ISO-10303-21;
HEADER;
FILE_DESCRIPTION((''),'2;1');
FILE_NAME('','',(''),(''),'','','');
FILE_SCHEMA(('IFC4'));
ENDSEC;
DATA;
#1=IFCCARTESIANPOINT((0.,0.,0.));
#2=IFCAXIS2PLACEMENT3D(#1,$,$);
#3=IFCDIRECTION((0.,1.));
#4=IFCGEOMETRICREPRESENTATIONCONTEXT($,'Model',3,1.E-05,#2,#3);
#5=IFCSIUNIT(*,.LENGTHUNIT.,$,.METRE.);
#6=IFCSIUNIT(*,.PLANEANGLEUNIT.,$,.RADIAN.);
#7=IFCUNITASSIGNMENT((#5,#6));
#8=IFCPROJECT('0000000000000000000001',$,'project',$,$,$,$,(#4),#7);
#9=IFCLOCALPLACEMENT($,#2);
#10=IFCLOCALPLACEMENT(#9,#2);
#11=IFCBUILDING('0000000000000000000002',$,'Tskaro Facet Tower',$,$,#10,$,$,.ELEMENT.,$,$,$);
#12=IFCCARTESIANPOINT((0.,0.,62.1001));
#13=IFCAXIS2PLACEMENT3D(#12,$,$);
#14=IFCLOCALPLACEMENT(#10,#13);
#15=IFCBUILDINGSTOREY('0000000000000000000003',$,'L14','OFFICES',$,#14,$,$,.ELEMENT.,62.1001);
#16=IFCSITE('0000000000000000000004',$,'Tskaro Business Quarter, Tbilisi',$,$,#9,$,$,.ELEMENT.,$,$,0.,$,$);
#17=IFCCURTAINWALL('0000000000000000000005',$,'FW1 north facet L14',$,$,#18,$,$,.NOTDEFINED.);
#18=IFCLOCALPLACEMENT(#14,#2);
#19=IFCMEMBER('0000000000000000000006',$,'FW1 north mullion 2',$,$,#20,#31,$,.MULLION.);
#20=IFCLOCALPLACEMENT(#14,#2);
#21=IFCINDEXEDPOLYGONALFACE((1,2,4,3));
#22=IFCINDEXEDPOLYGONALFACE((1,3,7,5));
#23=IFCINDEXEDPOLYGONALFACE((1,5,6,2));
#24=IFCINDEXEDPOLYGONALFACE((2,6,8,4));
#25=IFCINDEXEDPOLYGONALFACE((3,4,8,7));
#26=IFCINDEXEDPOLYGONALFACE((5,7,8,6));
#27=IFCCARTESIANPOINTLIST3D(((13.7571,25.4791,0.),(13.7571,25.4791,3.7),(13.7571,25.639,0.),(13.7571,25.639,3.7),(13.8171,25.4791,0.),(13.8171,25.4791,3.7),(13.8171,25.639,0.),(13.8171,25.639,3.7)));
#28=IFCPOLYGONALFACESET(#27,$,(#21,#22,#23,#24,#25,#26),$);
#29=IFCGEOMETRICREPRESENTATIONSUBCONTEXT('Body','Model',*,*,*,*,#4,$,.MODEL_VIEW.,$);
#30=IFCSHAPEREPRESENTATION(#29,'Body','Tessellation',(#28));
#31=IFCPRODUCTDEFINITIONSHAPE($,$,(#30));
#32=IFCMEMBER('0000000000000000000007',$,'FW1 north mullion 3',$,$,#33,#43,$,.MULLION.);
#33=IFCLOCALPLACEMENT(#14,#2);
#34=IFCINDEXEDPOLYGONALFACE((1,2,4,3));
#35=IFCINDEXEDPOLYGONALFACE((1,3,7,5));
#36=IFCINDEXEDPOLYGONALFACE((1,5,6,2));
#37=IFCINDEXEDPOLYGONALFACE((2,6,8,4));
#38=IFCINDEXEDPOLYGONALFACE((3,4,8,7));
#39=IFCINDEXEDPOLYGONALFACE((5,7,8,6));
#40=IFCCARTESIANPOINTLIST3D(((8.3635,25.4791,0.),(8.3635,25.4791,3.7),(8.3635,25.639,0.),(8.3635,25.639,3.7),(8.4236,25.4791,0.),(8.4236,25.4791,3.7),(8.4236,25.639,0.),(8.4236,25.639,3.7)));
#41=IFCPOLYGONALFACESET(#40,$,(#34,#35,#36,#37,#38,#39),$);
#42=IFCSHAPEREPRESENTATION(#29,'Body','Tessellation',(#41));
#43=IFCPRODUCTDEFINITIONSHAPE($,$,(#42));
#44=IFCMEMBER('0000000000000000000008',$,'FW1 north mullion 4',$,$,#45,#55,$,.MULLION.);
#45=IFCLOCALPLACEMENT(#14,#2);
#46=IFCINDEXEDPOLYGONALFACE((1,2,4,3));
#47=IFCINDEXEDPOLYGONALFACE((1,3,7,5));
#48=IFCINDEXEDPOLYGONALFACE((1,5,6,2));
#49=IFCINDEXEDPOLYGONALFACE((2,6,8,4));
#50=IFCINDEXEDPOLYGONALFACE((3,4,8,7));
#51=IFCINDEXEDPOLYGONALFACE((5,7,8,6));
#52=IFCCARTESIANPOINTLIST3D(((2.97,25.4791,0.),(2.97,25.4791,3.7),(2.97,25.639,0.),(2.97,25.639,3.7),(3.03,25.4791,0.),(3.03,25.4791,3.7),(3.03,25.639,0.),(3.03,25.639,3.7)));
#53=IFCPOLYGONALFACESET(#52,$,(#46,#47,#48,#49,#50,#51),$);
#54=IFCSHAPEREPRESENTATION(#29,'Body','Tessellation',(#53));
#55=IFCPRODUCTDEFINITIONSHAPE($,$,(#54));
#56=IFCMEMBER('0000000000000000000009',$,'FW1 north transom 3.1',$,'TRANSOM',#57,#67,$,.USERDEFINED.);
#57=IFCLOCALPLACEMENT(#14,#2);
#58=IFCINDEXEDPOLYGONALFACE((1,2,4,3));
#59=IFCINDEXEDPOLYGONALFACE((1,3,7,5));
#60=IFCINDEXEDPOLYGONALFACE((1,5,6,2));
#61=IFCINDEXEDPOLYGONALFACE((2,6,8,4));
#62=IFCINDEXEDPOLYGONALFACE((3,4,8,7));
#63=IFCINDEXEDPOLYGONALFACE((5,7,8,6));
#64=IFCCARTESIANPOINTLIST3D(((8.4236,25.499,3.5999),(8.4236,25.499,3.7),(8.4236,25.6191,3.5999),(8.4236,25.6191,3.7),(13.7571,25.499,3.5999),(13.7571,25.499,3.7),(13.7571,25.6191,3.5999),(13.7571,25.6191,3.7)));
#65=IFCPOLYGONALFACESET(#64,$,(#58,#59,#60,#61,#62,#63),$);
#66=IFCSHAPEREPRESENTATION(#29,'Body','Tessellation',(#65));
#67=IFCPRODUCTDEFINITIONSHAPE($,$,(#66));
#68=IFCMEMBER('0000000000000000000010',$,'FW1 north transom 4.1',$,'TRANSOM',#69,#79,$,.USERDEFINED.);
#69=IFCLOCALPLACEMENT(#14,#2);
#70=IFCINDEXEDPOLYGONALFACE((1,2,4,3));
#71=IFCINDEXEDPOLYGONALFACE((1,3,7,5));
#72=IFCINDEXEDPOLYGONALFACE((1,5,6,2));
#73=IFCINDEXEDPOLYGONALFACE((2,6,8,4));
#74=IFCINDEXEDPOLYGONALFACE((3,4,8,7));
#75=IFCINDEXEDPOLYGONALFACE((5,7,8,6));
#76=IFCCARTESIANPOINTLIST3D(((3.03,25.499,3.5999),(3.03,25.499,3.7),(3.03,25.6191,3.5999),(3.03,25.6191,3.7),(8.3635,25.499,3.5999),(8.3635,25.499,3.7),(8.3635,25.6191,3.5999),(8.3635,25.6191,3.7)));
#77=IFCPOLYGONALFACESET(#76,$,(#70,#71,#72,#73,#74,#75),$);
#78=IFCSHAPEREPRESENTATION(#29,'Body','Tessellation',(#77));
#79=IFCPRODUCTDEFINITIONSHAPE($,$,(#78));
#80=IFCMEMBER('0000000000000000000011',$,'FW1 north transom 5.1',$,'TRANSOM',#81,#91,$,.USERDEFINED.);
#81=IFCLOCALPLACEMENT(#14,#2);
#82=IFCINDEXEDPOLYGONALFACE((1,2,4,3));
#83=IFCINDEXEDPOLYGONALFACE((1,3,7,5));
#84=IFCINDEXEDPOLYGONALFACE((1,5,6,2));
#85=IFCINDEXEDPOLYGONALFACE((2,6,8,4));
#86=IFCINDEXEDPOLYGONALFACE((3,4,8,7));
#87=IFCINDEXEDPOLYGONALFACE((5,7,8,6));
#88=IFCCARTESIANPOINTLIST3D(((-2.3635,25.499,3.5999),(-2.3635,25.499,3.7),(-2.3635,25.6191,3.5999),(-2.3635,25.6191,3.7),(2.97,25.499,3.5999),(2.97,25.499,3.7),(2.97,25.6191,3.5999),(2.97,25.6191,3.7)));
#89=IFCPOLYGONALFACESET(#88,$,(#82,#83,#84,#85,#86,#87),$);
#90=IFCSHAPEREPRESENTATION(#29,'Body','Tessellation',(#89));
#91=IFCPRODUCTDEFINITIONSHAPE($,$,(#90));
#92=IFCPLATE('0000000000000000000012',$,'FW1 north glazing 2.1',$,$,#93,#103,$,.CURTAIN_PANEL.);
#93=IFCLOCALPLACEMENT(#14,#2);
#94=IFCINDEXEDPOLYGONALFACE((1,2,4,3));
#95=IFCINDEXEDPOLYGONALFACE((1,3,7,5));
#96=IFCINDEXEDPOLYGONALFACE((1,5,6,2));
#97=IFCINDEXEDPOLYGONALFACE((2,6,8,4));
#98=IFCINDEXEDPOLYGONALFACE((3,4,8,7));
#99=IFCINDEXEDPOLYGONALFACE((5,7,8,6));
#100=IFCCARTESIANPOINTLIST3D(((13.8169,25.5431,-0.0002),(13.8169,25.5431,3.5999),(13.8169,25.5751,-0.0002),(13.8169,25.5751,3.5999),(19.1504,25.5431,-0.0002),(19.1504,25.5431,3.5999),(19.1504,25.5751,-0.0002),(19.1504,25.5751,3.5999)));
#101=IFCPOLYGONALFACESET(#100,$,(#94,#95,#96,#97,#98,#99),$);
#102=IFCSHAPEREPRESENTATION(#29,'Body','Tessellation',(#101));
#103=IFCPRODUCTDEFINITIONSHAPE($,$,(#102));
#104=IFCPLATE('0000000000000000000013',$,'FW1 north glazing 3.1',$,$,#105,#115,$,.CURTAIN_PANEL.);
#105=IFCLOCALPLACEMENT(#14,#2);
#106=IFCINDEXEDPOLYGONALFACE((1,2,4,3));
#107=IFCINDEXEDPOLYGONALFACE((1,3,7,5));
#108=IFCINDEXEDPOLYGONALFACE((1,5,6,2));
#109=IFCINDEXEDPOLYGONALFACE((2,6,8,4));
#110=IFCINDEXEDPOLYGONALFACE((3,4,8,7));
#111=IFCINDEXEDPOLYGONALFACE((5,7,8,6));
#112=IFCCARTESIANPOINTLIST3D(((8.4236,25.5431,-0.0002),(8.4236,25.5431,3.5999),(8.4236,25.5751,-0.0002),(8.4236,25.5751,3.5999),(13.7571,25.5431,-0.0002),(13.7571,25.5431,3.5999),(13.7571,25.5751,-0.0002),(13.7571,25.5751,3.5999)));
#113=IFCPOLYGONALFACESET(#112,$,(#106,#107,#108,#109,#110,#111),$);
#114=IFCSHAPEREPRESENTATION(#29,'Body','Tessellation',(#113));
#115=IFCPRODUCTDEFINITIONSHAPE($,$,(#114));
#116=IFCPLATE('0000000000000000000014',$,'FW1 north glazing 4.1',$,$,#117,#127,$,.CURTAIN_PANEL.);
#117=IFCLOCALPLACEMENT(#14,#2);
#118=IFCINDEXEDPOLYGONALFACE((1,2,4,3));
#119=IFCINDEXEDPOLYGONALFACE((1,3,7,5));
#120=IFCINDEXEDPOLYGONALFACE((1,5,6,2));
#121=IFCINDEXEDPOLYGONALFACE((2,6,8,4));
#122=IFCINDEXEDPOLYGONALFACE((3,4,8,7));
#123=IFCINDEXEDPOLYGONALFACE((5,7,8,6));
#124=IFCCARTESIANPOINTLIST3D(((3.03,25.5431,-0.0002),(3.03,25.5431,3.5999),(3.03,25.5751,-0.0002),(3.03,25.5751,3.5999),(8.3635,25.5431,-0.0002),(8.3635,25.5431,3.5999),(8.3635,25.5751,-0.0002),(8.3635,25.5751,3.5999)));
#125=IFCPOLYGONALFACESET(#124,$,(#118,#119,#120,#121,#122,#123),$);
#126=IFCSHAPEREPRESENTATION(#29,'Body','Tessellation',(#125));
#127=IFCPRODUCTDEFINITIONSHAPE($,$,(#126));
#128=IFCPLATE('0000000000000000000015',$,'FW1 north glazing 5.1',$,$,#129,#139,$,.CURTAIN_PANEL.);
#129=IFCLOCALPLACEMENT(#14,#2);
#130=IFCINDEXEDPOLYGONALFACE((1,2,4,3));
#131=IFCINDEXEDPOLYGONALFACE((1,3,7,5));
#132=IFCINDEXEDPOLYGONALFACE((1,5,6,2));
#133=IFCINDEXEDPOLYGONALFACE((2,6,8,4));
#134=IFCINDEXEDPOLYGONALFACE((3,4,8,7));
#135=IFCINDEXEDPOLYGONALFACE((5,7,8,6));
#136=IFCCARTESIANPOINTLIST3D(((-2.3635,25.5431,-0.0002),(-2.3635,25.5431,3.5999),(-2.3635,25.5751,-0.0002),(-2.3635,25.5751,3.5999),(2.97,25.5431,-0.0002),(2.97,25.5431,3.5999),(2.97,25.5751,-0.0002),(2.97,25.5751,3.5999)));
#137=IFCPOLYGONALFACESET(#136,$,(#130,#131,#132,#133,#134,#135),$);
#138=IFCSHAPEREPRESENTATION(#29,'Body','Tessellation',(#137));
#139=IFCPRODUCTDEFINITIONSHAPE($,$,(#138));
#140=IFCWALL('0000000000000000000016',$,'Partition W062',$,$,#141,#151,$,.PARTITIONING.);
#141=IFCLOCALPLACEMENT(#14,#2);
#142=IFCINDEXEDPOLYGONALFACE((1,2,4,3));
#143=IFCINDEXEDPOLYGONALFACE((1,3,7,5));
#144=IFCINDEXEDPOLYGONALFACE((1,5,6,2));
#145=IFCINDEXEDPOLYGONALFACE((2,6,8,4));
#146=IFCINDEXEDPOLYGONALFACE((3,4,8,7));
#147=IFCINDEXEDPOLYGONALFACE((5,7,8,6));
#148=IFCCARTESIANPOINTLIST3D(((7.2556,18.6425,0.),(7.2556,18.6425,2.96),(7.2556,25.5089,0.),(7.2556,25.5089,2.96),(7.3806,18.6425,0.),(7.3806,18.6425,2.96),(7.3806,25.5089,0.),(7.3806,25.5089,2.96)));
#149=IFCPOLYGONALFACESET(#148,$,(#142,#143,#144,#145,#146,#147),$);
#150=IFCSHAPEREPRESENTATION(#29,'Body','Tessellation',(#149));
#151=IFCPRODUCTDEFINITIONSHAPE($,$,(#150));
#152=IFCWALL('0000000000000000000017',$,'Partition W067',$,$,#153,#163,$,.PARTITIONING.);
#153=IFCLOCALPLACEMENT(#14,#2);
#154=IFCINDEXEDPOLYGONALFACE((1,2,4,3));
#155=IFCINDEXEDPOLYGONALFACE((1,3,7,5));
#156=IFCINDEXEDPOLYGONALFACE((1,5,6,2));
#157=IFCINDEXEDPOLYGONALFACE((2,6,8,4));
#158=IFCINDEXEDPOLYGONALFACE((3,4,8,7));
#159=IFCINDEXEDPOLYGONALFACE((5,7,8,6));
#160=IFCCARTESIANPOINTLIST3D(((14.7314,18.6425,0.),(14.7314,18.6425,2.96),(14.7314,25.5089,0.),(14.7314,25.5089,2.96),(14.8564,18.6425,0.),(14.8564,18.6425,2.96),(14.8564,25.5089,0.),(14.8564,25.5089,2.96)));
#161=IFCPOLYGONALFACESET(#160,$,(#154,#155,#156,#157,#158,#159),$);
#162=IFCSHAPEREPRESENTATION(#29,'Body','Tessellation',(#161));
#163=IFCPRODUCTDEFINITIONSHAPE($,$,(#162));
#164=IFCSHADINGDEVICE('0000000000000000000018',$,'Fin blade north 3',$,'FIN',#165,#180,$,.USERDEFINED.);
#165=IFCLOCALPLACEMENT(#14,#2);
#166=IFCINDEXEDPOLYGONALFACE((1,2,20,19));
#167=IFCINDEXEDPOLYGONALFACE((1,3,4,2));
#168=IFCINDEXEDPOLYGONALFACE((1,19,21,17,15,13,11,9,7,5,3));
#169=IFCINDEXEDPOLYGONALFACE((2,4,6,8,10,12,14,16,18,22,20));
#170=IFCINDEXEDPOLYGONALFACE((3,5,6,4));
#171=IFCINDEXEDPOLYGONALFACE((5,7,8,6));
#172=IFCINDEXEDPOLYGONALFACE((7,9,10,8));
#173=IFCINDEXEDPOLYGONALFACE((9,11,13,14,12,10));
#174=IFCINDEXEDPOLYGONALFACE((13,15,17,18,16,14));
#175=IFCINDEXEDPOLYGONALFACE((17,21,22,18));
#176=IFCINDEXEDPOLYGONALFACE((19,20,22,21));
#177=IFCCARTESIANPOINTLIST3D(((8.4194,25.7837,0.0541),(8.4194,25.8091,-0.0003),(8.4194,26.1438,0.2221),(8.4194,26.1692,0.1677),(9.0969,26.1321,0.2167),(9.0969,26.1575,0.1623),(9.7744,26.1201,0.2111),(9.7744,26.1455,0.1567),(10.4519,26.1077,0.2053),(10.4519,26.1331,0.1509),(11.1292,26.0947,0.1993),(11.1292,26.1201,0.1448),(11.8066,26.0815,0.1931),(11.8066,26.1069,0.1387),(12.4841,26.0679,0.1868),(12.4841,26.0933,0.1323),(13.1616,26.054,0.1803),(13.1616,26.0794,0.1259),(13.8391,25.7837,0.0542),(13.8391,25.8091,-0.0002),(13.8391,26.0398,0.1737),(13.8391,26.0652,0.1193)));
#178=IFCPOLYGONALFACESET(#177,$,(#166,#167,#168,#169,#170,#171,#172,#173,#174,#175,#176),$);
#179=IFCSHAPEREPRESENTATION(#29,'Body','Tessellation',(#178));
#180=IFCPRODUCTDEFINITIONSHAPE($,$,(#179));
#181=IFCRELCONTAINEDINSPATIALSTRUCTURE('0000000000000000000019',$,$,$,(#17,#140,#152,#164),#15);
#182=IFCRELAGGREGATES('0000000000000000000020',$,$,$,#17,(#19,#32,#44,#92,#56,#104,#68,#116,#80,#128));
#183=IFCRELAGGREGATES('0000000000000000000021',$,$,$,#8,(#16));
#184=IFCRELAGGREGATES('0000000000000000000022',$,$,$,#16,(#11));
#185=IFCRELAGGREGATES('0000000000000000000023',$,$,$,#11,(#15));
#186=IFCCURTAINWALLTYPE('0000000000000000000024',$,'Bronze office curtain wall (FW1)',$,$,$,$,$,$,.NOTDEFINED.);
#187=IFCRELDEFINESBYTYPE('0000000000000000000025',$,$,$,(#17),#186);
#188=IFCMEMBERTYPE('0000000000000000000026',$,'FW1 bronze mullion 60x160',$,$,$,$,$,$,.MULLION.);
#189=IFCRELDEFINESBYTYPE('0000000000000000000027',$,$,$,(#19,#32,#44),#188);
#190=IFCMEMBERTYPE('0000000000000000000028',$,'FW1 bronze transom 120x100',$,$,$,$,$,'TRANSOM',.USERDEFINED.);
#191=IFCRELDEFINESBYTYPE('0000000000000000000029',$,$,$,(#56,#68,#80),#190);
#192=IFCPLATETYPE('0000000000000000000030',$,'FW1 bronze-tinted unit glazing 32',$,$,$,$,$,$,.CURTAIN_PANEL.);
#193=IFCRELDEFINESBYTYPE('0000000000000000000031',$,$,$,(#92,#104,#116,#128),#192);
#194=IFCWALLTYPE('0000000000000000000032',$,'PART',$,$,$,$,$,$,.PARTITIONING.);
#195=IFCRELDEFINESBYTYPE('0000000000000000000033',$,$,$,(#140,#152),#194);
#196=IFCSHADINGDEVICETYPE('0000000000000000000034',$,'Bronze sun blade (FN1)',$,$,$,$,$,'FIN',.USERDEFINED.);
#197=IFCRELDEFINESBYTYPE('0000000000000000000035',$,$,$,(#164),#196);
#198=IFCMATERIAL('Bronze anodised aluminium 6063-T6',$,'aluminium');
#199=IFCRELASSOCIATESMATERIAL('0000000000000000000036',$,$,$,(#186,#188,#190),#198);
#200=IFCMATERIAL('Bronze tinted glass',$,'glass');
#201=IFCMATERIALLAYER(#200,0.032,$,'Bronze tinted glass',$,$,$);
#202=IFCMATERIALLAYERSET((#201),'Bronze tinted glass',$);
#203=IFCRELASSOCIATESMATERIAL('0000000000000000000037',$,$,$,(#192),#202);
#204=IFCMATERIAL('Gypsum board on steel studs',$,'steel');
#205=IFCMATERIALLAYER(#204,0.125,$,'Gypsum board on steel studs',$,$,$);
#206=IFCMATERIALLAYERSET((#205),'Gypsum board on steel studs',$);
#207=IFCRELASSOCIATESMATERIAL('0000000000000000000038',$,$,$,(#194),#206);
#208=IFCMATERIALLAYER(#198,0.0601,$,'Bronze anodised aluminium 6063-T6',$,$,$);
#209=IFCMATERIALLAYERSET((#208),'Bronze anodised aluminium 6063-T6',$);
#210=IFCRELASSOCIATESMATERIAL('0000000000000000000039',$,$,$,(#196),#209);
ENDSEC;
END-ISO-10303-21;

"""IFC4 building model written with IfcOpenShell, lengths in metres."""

from ifc_helpers import new_model, si_unit, direction, frame, frame_2d, origin, origin_2d, place, context, subcontext, project, spatial, polyline, rectangle, outline, extrude, material, layer, layer_set, material_profile, profile_set, type_object, element, aggregate, save


model = new_model("IFC4")

# Units and contexts
model_context = context("Model", 3, precision=1e-05, world=origin(), true_north=direction((0.0, 1.0)))
body_context = subcontext(model_context, "Body", "Model", "MODEL_VIEW")
ifc_project = project(units=[si_unit("LENGTHUNIT", "METRE"), si_unit("PLANEANGLEUNIT", "RADIAN")], contexts=[model_context])

# Site, building, storey
site_placement = place(None, origin())
site = spatial("IfcSite", under=ifc_project, at=site_placement, Name="Tskaro Business Quarter, Tbilisi", CompositionType="ELEMENT", RefElevation=0.0)
building_placement = place(site_placement, origin())
building = spatial("IfcBuilding", under=site, at=building_placement, Name="Tskaro Facet Tower", CompositionType="ELEMENT")
storey_placement = place(building_placement, frame((0.0, 0.0, 62.1001)))
storey = spatial("IfcBuildingStorey", under=building, at=storey_placement, Name="L14", Description="OFFICES", CompositionType="ELEMENT", Elevation=62.1001)

# Curtain wall, members, plates
ifc_material_1 = material(Name="Bronze anodised aluminium 6063-T6", Category="aluminium")
curtain_wall_type = type_object("IfcCurtainWallType", Name="Bronze office curtain wall (FW1)", PredefinedType="NOTDEFINED", material=ifc_material_1)
curtain_wall_placement = place(storey_placement, origin())
curtain_wall = element("IfcCurtainWall", 1, at=curtain_wall_placement, inside=storey, type_object=curtain_wall_type, Name="FW1 north facet L14", PredefinedType="NOTDEFINED")
ifc_material_profile_1 = material_profile(ifc_material_1, rectangle(XDim=0.0601, YDim=0.1599, at=origin_2d()), Name="Mullion 60x160")
ifc_profile_set_1 = profile_set([ifc_material_profile_1], Name="Bronze anodised aluminium 6063-T6")
member_type_1 = type_object("IfcMemberType", Name="FW1 bronze mullion 60x160", PredefinedType="MULLION", material=ifc_profile_set_1)
member_1_placement = place(storey_placement, frame((13.7871, 25.5591, 0.0), z_axis=(0.0, 0.0, 1.0), x_axis=(-1.0, 0.0, 0.0)))
member_1 = element("IfcMember", 2, at=member_1_placement, type_object=member_type_1, Name="FW1 north mullion 2", PredefinedType="MULLION", context=body_context, shape_type="SweptSolid", body=[
    extrude(rectangle(XDim=0.0601, YDim=0.1599, at=origin_2d()), origin(), (0.0, 0.0, 1.0), 3.7),
])
member_2_placement = place(storey_placement, frame((8.3936, 25.5591, 0.0), z_axis=(0.0, 0.0, 1.0), x_axis=(-1.0, 0.0, 0.0)))
member_2 = element("IfcMember", 3, at=member_2_placement, type_object=member_type_1, Name="FW1 north mullion 3", PredefinedType="MULLION", context=body_context, shape_type="SweptSolid", body=[
    extrude(rectangle(XDim=0.0601, YDim=0.1599, at=origin_2d()), origin(), (0.0, 0.0, 1.0), 3.7),
])
member_3_placement = place(storey_placement, frame((3.0, 25.5591, 0.0), z_axis=(0.0, 0.0, 1.0), x_axis=(-1.0, 0.0, 0.0)))
member_3 = element("IfcMember", 4, at=member_3_placement, type_object=member_type_1, Name="FW1 north mullion 4", PredefinedType="MULLION", context=body_context, shape_type="SweptSolid", body=[
    extrude(rectangle(XDim=0.0601, YDim=0.1599, at=origin_2d()), origin(), (0.0, 0.0, 1.0), 3.7),
])
ifc_material_profile_2 = material_profile(ifc_material_1, rectangle(XDim=0.1201, YDim=0.1001, at=origin_2d()), Name="Transom 120x100")
ifc_profile_set_2 = profile_set([ifc_material_profile_2], Name="Bronze anodised aluminium 6063-T6")
member_type_2 = type_object("IfcMemberType", Name="FW1 bronze transom 120x100", ElementType="TRANSOM", PredefinedType="USERDEFINED", material=ifc_profile_set_2)
member_4_placement = place(storey_placement, frame((13.7571, 25.5591, 3.6499), z_axis=(-1.0, 0.0, 0.0), x_axis=(0.0, -1.0, 0.0)))
member_4 = element("IfcMember", 5, at=member_4_placement, type_object=member_type_2, Name="FW1 north transom 3.1", ObjectType="TRANSOM", PredefinedType="USERDEFINED", context=body_context, shape_type="SweptSolid", body=[
    extrude(rectangle(XDim=0.1201, YDim=0.1001, at=origin_2d()), origin(), (0.0, 0.0, 1.0), 5.3335),
])
member_5_placement = place(storey_placement, frame((8.3635, 25.5591, 3.6499), z_axis=(-1.0, 0.0, 0.0), x_axis=(0.0, -1.0, 0.0)))
member_5 = element("IfcMember", 6, at=member_5_placement, type_object=member_type_2, Name="FW1 north transom 4.1", ObjectType="TRANSOM", PredefinedType="USERDEFINED", context=body_context, shape_type="SweptSolid", body=[
    extrude(rectangle(XDim=0.1201, YDim=0.1001, at=origin_2d()), origin(), (0.0, 0.0, 1.0), 5.3335),
])
member_6_placement = place(storey_placement, frame((2.97, 25.5591, 3.6499), z_axis=(-1.0, 0.0, 0.0), x_axis=(0.0, -1.0, 0.0)))
member_6 = element("IfcMember", 7, at=member_6_placement, type_object=member_type_2, Name="FW1 north transom 5.1", ObjectType="TRANSOM", PredefinedType="USERDEFINED", context=body_context, shape_type="SweptSolid", body=[
    extrude(rectangle(XDim=0.1201, YDim=0.1001, at=origin_2d()), origin(), (0.0, 0.0, 1.0), 5.3335),
])
ifc_material_2 = material(Name="Bronze tinted glass", Category="glass")
ifc_layer_1 = layer(ifc_material_2, 0.032, Name="Bronze tinted glass")
ifc_layer_set_1 = layer_set([ifc_layer_1], Name="Bronze tinted glass")
plate_type = type_object("IfcPlateType", Name="FW1 bronze-tinted unit glazing 32", PredefinedType="CURTAIN_PANEL", material=ifc_layer_set_1)
plate_1_placement = place(storey_placement, frame((16.4836, 25.5591, -0.0002), z_axis=(0.0, 0.0, 1.0), x_axis=(-1.0, 0.0, 0.0)))
plate_1 = element("IfcPlate", 8, at=plate_1_placement, type_object=plate_type, Name="FW1 north glazing 2.1", PredefinedType="CURTAIN_PANEL", context=body_context, shape_type="SweptSolid", body=[
    extrude(rectangle(XDim=5.3335, YDim=0.032, at=origin_2d()), origin(), (0.0, 0.0, 1.0), 3.6001),
])
plate_2_placement = place(storey_placement, frame((11.0903, 25.5591, -0.0002), z_axis=(0.0, 0.0, 1.0), x_axis=(-1.0, 0.0, 0.0)))
plate_2 = element("IfcPlate", 9, at=plate_2_placement, type_object=plate_type, Name="FW1 north glazing 3.1", PredefinedType="CURTAIN_PANEL", context=body_context, shape_type="SweptSolid", body=[
    extrude(rectangle(XDim=5.3335, YDim=0.032, at=origin_2d()), origin(), (0.0, 0.0, 1.0), 3.6001),
])
plate_3_placement = place(storey_placement, frame((5.6968, 25.5591, -0.0002), z_axis=(0.0, 0.0, 1.0), x_axis=(-1.0, 0.0, 0.0)))
plate_3 = element("IfcPlate", 10, at=plate_3_placement, type_object=plate_type, Name="FW1 north glazing 4.1", PredefinedType="CURTAIN_PANEL", context=body_context, shape_type="SweptSolid", body=[
    extrude(rectangle(XDim=5.3335, YDim=0.032, at=origin_2d()), origin(), (0.0, 0.0, 1.0), 3.6001),
])
plate_4_placement = place(storey_placement, frame((0.3032, 25.5591, -0.0002), z_axis=(0.0, 0.0, 1.0), x_axis=(-1.0, 0.0, 0.0)))
plate_4 = element("IfcPlate", 11, at=plate_4_placement, type_object=plate_type, Name="FW1 north glazing 5.1", PredefinedType="CURTAIN_PANEL", context=body_context, shape_type="SweptSolid", body=[
    extrude(rectangle(XDim=5.3335, YDim=0.032, at=origin_2d()), origin(), (0.0, 0.0, 1.0), 3.6001),
])
aggregate(curtain_wall, [member_1, member_2, member_3, plate_1, member_4, plate_2, member_5, plate_3, member_6, plate_4])

# Walls
ifc_material_3 = material(Name="Gypsum board on steel studs", Category="steel")
ifc_layer_2 = layer(ifc_material_3, 0.125, Name="Gypsum board on steel studs")
ifc_layer_set_2 = layer_set([ifc_layer_2], Name="Gypsum board on steel studs")
wall_type = type_object("IfcWallType", Name="PART", PredefinedType="PARTITIONING", material=ifc_layer_set_2)
for number, where, z_axis, x_axis, name in (
    (12, (7.3181, 18.6426, 0.0), (0.0, 0.0, 1.0), (0.0, 1.0, 0.0), "Partition W062"),
    (13, (14.7939, 18.6426, 0.0), (0.0, 0.0, 1.0), (0.0, 1.0, 0.0), "Partition W067"),
):
    element("IfcWall", number, at=place(storey_placement, frame(where, z_axis=z_axis, x_axis=x_axis)), inside=storey, type_object=wall_type, Name=name, PredefinedType="PARTITIONING", context=body_context, shape_type="SweptSolid", body=[
        extrude(rectangle(XDim=6.8665, YDim=0.125, at=frame_2d((3.4331, 0.0))), origin(), (0.0, 0.0, 1.0), 2.96),
    ])

# Shading device
ifc_layer_3 = layer(ifc_material_1, 0.0601, Name="Bronze anodised aluminium 6063-T6")
ifc_layer_set_3 = layer_set([ifc_layer_3], Name="Bronze anodised aluminium 6063-T6")
shading_device_type = type_object("IfcShadingDeviceType", Name="Bronze sun blade (FN1)", ElementType="FIN", PredefinedType="USERDEFINED", material=ifc_layer_set_3)
shading_device_1_placement = place(storey_placement, frame((13.8391, 25.7837, 0.0542), z_axis=(-0.000014, -0.422822, 0.906213), x_axis=(-1.0, 0.000006, -0.000013)))
element("IfcShadingDevice", 14, at=shading_device_1_placement, inside=storey, type_object=shading_device_type, Name="Fin blade north 3", ObjectType="FIN", PredefinedType="USERDEFINED", context=body_context, shape_type="SweptSolid", body=[
    extrude(outline(polyline([(0.0, 0.0), (5.4197, 0.0), (5.4197, -0.3974), (4.7422, -0.3845), (4.0647, -0.3712), (3.3872, -0.3575), (2.71, -0.3432), (2.0325, -0.3287), (1.355, -0.3136), (0.6775, -0.2983), (0.0, -0.2827), (0.0, 0.0)])), origin(), (0.0, 0.0, -1.0), 0.0601),
])

save(model, "model.ifc")
